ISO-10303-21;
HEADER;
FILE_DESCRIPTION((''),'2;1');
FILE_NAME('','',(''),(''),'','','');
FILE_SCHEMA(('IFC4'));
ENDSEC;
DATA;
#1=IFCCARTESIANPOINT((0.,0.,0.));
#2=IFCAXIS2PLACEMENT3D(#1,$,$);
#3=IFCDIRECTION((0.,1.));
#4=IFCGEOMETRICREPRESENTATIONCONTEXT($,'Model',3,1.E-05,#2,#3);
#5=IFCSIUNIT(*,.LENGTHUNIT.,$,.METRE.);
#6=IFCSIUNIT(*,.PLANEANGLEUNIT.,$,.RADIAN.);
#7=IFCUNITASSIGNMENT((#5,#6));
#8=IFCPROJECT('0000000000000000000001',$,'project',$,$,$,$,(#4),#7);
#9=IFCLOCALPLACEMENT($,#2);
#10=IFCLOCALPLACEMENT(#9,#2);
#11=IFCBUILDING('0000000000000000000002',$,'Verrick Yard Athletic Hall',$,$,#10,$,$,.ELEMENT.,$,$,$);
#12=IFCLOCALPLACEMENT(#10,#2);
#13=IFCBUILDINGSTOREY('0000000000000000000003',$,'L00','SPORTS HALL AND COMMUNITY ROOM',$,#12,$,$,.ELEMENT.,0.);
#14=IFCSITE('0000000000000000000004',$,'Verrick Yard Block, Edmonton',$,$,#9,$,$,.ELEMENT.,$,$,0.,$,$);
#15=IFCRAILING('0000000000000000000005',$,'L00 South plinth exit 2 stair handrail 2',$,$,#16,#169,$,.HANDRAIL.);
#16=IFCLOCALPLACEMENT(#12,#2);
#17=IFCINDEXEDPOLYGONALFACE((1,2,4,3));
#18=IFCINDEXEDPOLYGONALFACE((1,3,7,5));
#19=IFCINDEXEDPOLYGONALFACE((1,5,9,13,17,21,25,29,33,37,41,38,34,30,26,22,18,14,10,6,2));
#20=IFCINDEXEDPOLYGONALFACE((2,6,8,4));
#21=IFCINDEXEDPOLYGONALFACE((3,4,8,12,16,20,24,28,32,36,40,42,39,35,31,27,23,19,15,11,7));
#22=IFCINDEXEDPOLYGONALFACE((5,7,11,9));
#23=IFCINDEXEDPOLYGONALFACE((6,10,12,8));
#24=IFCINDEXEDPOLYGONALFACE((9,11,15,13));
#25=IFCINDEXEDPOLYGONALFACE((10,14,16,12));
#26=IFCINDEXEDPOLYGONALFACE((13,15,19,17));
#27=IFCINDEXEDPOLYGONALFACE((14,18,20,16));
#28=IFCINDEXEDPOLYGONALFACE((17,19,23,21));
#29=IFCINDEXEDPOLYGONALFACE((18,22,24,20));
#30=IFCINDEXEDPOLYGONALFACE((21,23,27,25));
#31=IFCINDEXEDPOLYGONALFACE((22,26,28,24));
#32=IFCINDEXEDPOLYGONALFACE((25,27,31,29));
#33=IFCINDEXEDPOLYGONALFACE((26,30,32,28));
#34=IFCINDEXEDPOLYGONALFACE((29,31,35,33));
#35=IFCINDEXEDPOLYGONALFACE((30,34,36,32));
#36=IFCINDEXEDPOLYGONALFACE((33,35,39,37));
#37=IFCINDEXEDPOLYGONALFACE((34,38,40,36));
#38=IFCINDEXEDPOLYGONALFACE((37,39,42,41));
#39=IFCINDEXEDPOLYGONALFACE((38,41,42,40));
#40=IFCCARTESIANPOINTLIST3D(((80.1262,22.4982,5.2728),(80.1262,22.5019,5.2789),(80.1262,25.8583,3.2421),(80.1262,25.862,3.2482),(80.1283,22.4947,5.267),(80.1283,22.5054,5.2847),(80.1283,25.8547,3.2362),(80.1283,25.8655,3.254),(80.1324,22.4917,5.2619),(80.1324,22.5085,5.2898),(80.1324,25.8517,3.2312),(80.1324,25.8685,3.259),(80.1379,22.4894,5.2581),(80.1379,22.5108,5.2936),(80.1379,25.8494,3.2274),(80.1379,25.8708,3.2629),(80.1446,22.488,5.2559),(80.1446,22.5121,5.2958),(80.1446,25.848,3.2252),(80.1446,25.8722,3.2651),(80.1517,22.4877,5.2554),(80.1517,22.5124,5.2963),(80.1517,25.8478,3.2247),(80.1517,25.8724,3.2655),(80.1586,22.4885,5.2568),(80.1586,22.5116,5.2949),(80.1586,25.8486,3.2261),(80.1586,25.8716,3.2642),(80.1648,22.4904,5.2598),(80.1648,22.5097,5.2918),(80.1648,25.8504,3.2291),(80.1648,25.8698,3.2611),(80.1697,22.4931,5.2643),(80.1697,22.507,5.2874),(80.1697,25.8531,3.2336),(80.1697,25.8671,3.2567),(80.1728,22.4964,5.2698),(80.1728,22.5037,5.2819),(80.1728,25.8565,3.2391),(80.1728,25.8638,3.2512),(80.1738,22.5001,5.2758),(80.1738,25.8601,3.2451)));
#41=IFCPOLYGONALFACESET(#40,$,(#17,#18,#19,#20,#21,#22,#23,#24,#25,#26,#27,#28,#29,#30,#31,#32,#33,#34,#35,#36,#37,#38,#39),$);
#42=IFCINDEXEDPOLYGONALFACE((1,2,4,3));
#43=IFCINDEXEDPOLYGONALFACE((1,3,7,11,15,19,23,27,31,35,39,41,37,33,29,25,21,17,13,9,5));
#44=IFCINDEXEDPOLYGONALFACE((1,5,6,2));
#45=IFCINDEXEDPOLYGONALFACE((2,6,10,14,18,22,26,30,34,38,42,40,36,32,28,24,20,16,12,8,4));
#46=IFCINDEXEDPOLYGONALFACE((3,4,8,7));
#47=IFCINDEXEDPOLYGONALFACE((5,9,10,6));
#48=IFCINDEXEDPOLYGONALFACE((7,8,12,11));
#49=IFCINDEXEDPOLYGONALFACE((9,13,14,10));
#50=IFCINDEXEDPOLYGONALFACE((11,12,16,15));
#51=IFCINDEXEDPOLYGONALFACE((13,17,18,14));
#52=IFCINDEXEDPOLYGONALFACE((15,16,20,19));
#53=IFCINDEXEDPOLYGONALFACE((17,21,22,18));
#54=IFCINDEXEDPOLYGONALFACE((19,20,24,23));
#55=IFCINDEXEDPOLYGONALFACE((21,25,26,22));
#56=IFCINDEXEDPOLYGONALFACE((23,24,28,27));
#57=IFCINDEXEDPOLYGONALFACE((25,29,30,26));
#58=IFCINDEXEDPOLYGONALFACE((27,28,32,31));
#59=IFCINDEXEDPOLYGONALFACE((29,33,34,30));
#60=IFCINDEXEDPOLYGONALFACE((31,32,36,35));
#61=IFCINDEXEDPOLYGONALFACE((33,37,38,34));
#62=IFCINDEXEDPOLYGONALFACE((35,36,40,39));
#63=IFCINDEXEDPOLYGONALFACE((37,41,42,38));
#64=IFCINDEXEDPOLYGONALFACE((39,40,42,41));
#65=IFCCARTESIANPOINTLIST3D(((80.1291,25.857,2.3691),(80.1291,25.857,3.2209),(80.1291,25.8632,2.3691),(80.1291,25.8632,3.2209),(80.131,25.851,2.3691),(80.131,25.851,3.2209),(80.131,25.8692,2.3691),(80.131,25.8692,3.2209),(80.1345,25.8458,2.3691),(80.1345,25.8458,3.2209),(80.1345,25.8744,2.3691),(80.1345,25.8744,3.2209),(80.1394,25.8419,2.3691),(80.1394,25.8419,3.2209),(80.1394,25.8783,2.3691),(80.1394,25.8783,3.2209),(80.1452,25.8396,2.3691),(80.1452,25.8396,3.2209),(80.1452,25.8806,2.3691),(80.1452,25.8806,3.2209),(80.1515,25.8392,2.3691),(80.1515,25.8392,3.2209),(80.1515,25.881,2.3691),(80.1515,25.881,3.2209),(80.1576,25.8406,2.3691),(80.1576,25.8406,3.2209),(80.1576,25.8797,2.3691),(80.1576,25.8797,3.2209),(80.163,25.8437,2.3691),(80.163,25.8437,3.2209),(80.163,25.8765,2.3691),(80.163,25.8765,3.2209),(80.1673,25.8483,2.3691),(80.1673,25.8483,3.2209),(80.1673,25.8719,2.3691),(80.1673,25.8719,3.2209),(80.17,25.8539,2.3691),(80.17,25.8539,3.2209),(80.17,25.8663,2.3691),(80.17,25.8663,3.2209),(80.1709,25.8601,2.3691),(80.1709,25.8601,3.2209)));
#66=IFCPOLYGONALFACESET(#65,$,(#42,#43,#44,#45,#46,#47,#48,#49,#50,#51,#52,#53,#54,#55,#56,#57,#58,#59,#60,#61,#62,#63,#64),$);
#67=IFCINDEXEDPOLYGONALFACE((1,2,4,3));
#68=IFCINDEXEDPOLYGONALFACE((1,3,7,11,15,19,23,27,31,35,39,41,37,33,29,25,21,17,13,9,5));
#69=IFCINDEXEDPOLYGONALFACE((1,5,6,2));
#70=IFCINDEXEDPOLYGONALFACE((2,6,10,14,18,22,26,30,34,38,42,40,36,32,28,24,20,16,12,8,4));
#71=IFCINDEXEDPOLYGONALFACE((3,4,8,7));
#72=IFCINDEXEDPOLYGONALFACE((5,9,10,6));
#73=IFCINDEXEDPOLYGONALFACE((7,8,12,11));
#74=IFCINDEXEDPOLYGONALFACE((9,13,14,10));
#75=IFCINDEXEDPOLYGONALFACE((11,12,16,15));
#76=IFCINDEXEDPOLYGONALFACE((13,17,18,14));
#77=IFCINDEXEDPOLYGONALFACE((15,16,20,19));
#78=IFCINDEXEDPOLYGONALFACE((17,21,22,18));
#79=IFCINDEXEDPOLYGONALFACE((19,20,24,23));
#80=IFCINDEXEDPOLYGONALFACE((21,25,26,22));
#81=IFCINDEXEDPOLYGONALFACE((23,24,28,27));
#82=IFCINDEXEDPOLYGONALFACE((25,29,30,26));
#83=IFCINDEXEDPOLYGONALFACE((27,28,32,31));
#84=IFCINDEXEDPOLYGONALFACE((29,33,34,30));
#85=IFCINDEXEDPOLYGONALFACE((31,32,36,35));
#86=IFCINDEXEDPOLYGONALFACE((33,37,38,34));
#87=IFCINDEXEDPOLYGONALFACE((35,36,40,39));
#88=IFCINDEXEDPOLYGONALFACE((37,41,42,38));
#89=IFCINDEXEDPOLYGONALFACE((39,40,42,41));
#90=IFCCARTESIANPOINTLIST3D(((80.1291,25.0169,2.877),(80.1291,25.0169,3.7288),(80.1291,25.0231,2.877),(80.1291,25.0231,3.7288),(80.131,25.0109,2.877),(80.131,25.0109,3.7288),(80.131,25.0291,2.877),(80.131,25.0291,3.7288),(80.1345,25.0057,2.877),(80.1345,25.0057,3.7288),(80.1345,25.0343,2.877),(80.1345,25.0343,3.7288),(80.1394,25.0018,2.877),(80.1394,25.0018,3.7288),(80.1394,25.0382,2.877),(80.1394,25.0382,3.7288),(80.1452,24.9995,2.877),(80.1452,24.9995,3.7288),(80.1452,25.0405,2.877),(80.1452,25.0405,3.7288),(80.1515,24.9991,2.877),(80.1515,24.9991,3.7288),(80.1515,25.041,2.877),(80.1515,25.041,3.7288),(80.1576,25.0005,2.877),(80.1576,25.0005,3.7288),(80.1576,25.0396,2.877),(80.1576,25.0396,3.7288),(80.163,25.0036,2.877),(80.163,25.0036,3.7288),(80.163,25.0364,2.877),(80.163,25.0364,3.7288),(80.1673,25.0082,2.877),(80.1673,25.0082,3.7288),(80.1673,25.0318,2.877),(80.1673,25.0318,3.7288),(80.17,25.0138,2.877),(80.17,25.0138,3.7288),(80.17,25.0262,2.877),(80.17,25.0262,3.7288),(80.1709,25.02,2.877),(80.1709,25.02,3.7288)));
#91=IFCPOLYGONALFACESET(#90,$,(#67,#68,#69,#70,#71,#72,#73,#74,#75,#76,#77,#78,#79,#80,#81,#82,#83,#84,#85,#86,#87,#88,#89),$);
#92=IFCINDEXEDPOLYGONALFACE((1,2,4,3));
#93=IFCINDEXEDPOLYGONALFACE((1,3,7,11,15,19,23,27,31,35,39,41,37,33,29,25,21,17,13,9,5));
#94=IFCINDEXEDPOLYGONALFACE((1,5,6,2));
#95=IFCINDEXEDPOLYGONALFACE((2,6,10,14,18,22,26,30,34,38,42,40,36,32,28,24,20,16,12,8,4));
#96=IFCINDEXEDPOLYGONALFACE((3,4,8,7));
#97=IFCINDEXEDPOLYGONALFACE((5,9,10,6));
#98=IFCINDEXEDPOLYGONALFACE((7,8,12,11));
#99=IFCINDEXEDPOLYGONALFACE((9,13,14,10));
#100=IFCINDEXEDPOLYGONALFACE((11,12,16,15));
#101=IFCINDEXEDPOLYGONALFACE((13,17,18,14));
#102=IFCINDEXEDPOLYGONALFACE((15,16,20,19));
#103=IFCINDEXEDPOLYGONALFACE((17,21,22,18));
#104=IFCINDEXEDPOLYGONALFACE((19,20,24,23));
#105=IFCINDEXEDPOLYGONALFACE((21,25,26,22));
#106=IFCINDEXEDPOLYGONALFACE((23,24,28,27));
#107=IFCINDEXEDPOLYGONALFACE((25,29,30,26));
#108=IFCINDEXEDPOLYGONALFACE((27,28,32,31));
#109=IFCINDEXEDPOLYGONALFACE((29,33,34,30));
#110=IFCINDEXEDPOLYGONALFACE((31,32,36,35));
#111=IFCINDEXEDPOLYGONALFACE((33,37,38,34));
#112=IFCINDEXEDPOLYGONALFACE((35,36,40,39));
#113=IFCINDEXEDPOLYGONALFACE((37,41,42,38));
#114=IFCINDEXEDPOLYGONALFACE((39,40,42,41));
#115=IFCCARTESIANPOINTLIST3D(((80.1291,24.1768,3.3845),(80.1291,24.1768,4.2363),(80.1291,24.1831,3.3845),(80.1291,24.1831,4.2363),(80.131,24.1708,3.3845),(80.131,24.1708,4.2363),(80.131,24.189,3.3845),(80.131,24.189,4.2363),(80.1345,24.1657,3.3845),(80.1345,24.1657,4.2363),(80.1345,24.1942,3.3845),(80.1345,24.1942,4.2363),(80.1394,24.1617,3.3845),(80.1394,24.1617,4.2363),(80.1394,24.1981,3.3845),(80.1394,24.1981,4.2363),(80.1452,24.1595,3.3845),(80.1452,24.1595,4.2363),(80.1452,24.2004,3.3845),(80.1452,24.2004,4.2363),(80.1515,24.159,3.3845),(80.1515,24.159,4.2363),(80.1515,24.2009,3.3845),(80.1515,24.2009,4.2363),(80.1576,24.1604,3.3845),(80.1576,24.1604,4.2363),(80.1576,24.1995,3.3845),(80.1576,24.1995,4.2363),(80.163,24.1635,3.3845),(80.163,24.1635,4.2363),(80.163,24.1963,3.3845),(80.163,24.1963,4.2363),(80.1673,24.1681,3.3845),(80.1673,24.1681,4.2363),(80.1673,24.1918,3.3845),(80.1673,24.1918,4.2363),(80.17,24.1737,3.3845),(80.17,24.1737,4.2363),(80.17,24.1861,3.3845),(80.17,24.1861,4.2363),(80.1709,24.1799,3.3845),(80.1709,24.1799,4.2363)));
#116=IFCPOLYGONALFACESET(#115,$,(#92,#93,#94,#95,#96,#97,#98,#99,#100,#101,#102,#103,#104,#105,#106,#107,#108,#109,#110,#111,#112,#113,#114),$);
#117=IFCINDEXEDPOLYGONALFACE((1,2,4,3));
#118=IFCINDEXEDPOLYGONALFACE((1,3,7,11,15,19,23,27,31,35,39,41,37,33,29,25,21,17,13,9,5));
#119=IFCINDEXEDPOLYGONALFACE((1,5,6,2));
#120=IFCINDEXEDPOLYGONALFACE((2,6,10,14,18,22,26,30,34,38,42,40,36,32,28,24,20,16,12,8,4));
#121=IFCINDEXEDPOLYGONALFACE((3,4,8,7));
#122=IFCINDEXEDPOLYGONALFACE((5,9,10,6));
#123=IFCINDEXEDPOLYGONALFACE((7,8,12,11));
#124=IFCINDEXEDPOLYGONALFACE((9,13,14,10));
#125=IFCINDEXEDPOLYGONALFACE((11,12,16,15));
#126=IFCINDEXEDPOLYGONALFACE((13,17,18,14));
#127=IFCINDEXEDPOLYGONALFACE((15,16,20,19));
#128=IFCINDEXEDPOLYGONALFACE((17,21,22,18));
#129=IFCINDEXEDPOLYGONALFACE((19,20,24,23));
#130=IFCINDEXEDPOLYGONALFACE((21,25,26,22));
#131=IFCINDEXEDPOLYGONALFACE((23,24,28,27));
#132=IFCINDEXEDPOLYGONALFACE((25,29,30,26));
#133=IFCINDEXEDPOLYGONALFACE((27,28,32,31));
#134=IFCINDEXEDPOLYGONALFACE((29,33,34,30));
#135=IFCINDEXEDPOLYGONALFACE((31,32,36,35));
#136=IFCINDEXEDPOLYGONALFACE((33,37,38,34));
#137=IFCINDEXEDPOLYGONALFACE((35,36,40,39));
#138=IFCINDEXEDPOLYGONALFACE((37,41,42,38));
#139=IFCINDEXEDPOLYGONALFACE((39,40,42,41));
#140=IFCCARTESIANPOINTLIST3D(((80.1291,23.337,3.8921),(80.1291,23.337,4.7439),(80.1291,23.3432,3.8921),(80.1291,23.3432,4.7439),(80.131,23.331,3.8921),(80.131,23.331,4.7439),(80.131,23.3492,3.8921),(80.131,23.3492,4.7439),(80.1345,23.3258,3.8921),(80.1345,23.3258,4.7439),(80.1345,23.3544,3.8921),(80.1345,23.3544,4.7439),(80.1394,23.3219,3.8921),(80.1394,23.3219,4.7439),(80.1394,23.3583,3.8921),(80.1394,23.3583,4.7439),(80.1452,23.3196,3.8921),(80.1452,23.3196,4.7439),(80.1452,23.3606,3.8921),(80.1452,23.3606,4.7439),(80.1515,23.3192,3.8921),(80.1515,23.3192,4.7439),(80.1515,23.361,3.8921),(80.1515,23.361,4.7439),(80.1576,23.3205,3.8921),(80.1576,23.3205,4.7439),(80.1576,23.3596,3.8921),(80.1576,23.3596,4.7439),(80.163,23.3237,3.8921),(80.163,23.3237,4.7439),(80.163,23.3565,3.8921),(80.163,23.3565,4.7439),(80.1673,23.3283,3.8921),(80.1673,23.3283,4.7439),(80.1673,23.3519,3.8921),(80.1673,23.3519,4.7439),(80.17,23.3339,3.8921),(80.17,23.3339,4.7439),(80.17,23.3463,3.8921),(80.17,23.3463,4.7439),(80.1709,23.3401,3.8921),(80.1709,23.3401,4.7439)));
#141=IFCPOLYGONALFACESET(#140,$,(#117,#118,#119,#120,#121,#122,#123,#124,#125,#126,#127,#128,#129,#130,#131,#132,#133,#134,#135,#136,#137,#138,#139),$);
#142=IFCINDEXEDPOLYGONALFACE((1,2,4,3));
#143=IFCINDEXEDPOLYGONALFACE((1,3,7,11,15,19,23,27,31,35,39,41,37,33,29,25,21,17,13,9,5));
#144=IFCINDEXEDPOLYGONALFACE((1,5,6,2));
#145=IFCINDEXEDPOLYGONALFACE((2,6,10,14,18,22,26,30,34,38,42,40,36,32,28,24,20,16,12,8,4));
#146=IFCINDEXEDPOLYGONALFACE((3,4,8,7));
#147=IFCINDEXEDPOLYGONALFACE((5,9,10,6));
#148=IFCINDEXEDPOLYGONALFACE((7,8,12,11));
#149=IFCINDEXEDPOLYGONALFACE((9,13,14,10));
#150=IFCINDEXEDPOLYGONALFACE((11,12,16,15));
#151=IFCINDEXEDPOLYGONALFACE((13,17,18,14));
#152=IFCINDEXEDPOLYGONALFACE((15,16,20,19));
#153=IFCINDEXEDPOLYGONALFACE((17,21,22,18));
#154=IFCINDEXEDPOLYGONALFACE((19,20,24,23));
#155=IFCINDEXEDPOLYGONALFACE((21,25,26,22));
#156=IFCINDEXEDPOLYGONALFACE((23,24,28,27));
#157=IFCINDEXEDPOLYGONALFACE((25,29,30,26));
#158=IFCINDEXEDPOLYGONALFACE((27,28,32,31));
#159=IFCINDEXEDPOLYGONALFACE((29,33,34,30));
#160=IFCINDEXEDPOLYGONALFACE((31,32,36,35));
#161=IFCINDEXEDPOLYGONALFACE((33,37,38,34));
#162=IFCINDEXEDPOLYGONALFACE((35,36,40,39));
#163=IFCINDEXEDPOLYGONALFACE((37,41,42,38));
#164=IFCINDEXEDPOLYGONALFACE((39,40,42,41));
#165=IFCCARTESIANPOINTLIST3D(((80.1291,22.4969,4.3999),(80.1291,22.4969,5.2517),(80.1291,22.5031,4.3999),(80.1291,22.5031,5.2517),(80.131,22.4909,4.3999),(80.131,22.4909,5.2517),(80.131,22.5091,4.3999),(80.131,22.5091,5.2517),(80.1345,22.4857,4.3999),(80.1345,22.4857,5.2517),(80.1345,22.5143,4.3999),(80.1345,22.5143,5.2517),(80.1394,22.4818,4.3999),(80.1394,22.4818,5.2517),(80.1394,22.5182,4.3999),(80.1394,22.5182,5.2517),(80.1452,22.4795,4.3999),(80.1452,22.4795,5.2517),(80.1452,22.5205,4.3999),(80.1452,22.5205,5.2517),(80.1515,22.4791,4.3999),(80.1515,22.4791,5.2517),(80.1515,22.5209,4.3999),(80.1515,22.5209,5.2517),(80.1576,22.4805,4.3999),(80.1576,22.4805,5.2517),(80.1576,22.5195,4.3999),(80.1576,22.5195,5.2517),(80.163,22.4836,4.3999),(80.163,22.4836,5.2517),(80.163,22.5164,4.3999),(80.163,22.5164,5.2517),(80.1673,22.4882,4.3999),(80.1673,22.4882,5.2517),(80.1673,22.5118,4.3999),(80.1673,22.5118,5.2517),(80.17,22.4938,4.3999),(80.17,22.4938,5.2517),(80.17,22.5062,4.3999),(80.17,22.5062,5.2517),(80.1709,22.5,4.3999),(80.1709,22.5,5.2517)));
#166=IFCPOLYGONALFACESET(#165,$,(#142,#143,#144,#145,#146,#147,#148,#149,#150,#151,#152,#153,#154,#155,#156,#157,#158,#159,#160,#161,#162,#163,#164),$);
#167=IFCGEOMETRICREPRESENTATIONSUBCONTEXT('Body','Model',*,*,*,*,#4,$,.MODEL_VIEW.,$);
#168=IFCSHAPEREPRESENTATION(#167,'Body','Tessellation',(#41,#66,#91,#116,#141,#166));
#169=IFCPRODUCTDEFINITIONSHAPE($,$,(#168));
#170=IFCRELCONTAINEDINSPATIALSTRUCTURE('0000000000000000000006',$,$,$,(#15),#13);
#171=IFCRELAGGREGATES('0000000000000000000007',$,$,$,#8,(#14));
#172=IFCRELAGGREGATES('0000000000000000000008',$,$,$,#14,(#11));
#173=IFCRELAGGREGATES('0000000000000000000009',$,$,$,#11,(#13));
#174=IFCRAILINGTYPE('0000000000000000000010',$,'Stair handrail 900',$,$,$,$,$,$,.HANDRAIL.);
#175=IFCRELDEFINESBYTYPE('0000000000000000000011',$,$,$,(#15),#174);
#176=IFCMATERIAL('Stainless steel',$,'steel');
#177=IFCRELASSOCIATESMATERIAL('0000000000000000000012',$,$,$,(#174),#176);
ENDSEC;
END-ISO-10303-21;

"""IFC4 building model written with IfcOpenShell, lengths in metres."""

from ifc_helpers import new_model, si_unit, direction, frame, origin, origin_2d, place, context, subcontext, project, spatial, circle, extrude, material, type_object, element, save


model = new_model("IFC4")

# Units and contexts
model_context = context("Model", 3, precision=1e-05, world=origin(), true_north=direction((0.0, 1.0)))
body_context = subcontext(model_context, "Body", "Model", "MODEL_VIEW")
ifc_project = project(units=[si_unit("LENGTHUNIT", "METRE"), si_unit("PLANEANGLEUNIT", "RADIAN")], contexts=[model_context])

# Site, building, storey
site_placement = place(None, origin())
site = spatial("IfcSite", under=ifc_project, at=site_placement, Name="Verrick Yard Block, Edmonton", CompositionType="ELEMENT", RefElevation=0.0)
building_placement = place(site_placement, origin())
building = spatial("IfcBuilding", under=site, at=building_placement, Name="Verrick Yard Athletic Hall", CompositionType="ELEMENT")
storey_placement = place(building_placement, origin())
storey = spatial("IfcBuildingStorey", under=building, at=storey_placement, Name="L00", Description="SPORTS HALL AND COMMUNITY ROOM", CompositionType="ELEMENT", Elevation=0.0)

# Railing
ifc_material_1 = material(Name="Stainless steel", Category="steel")
railing_type_1 = type_object("IfcRailingType", Name="Stair handrail 900", PredefinedType="HANDRAIL", material=ifc_material_1)
railing_1_placement = place(storey_placement, frame((80.1499, 25.8601, 2.3691)))
element("IfcRailing", 1, at=railing_1_placement, inside=storey, type_object=railing_type_1, Name="L00 South plinth exit 2 stair handrail 2", PredefinedType="HANDRAIL", context=body_context, shape_type="SweptSolid", body=[
    extrude(circle(Radius=0.0239, at=origin_2d()), frame((0.0, 0.0, 0.876), z_axis=(0.0, -0.855837, 0.517246), x_axis=(1.0, 0.0, 0.0)), (0.0, 0.0, 1.0), 3.926),
    extrude(circle(Radius=0.021, at=origin_2d()), origin(), (0.0, 0.0, 1.0), 0.8518),
    extrude(circle(Radius=0.021, at=origin_2d()), frame((0.0, -0.8401, 0.5078)), (0.0, 0.0, 1.0), 0.8518),
    extrude(circle(Radius=0.021, at=origin_2d()), frame((0.0, -1.6802, 1.0154)), (0.0, 0.0, 1.0), 0.8518),
    extrude(circle(Radius=0.021, at=origin_2d()), frame((0.0, -2.52, 1.5229)), (0.0, 0.0, 1.0), 0.8518),
    extrude(circle(Radius=0.021, at=origin_2d()), frame((0.0, -3.3601, 2.0308)), (0.0, 0.0, 1.0), 0.8518),
])

save(model, "model.ifc")
